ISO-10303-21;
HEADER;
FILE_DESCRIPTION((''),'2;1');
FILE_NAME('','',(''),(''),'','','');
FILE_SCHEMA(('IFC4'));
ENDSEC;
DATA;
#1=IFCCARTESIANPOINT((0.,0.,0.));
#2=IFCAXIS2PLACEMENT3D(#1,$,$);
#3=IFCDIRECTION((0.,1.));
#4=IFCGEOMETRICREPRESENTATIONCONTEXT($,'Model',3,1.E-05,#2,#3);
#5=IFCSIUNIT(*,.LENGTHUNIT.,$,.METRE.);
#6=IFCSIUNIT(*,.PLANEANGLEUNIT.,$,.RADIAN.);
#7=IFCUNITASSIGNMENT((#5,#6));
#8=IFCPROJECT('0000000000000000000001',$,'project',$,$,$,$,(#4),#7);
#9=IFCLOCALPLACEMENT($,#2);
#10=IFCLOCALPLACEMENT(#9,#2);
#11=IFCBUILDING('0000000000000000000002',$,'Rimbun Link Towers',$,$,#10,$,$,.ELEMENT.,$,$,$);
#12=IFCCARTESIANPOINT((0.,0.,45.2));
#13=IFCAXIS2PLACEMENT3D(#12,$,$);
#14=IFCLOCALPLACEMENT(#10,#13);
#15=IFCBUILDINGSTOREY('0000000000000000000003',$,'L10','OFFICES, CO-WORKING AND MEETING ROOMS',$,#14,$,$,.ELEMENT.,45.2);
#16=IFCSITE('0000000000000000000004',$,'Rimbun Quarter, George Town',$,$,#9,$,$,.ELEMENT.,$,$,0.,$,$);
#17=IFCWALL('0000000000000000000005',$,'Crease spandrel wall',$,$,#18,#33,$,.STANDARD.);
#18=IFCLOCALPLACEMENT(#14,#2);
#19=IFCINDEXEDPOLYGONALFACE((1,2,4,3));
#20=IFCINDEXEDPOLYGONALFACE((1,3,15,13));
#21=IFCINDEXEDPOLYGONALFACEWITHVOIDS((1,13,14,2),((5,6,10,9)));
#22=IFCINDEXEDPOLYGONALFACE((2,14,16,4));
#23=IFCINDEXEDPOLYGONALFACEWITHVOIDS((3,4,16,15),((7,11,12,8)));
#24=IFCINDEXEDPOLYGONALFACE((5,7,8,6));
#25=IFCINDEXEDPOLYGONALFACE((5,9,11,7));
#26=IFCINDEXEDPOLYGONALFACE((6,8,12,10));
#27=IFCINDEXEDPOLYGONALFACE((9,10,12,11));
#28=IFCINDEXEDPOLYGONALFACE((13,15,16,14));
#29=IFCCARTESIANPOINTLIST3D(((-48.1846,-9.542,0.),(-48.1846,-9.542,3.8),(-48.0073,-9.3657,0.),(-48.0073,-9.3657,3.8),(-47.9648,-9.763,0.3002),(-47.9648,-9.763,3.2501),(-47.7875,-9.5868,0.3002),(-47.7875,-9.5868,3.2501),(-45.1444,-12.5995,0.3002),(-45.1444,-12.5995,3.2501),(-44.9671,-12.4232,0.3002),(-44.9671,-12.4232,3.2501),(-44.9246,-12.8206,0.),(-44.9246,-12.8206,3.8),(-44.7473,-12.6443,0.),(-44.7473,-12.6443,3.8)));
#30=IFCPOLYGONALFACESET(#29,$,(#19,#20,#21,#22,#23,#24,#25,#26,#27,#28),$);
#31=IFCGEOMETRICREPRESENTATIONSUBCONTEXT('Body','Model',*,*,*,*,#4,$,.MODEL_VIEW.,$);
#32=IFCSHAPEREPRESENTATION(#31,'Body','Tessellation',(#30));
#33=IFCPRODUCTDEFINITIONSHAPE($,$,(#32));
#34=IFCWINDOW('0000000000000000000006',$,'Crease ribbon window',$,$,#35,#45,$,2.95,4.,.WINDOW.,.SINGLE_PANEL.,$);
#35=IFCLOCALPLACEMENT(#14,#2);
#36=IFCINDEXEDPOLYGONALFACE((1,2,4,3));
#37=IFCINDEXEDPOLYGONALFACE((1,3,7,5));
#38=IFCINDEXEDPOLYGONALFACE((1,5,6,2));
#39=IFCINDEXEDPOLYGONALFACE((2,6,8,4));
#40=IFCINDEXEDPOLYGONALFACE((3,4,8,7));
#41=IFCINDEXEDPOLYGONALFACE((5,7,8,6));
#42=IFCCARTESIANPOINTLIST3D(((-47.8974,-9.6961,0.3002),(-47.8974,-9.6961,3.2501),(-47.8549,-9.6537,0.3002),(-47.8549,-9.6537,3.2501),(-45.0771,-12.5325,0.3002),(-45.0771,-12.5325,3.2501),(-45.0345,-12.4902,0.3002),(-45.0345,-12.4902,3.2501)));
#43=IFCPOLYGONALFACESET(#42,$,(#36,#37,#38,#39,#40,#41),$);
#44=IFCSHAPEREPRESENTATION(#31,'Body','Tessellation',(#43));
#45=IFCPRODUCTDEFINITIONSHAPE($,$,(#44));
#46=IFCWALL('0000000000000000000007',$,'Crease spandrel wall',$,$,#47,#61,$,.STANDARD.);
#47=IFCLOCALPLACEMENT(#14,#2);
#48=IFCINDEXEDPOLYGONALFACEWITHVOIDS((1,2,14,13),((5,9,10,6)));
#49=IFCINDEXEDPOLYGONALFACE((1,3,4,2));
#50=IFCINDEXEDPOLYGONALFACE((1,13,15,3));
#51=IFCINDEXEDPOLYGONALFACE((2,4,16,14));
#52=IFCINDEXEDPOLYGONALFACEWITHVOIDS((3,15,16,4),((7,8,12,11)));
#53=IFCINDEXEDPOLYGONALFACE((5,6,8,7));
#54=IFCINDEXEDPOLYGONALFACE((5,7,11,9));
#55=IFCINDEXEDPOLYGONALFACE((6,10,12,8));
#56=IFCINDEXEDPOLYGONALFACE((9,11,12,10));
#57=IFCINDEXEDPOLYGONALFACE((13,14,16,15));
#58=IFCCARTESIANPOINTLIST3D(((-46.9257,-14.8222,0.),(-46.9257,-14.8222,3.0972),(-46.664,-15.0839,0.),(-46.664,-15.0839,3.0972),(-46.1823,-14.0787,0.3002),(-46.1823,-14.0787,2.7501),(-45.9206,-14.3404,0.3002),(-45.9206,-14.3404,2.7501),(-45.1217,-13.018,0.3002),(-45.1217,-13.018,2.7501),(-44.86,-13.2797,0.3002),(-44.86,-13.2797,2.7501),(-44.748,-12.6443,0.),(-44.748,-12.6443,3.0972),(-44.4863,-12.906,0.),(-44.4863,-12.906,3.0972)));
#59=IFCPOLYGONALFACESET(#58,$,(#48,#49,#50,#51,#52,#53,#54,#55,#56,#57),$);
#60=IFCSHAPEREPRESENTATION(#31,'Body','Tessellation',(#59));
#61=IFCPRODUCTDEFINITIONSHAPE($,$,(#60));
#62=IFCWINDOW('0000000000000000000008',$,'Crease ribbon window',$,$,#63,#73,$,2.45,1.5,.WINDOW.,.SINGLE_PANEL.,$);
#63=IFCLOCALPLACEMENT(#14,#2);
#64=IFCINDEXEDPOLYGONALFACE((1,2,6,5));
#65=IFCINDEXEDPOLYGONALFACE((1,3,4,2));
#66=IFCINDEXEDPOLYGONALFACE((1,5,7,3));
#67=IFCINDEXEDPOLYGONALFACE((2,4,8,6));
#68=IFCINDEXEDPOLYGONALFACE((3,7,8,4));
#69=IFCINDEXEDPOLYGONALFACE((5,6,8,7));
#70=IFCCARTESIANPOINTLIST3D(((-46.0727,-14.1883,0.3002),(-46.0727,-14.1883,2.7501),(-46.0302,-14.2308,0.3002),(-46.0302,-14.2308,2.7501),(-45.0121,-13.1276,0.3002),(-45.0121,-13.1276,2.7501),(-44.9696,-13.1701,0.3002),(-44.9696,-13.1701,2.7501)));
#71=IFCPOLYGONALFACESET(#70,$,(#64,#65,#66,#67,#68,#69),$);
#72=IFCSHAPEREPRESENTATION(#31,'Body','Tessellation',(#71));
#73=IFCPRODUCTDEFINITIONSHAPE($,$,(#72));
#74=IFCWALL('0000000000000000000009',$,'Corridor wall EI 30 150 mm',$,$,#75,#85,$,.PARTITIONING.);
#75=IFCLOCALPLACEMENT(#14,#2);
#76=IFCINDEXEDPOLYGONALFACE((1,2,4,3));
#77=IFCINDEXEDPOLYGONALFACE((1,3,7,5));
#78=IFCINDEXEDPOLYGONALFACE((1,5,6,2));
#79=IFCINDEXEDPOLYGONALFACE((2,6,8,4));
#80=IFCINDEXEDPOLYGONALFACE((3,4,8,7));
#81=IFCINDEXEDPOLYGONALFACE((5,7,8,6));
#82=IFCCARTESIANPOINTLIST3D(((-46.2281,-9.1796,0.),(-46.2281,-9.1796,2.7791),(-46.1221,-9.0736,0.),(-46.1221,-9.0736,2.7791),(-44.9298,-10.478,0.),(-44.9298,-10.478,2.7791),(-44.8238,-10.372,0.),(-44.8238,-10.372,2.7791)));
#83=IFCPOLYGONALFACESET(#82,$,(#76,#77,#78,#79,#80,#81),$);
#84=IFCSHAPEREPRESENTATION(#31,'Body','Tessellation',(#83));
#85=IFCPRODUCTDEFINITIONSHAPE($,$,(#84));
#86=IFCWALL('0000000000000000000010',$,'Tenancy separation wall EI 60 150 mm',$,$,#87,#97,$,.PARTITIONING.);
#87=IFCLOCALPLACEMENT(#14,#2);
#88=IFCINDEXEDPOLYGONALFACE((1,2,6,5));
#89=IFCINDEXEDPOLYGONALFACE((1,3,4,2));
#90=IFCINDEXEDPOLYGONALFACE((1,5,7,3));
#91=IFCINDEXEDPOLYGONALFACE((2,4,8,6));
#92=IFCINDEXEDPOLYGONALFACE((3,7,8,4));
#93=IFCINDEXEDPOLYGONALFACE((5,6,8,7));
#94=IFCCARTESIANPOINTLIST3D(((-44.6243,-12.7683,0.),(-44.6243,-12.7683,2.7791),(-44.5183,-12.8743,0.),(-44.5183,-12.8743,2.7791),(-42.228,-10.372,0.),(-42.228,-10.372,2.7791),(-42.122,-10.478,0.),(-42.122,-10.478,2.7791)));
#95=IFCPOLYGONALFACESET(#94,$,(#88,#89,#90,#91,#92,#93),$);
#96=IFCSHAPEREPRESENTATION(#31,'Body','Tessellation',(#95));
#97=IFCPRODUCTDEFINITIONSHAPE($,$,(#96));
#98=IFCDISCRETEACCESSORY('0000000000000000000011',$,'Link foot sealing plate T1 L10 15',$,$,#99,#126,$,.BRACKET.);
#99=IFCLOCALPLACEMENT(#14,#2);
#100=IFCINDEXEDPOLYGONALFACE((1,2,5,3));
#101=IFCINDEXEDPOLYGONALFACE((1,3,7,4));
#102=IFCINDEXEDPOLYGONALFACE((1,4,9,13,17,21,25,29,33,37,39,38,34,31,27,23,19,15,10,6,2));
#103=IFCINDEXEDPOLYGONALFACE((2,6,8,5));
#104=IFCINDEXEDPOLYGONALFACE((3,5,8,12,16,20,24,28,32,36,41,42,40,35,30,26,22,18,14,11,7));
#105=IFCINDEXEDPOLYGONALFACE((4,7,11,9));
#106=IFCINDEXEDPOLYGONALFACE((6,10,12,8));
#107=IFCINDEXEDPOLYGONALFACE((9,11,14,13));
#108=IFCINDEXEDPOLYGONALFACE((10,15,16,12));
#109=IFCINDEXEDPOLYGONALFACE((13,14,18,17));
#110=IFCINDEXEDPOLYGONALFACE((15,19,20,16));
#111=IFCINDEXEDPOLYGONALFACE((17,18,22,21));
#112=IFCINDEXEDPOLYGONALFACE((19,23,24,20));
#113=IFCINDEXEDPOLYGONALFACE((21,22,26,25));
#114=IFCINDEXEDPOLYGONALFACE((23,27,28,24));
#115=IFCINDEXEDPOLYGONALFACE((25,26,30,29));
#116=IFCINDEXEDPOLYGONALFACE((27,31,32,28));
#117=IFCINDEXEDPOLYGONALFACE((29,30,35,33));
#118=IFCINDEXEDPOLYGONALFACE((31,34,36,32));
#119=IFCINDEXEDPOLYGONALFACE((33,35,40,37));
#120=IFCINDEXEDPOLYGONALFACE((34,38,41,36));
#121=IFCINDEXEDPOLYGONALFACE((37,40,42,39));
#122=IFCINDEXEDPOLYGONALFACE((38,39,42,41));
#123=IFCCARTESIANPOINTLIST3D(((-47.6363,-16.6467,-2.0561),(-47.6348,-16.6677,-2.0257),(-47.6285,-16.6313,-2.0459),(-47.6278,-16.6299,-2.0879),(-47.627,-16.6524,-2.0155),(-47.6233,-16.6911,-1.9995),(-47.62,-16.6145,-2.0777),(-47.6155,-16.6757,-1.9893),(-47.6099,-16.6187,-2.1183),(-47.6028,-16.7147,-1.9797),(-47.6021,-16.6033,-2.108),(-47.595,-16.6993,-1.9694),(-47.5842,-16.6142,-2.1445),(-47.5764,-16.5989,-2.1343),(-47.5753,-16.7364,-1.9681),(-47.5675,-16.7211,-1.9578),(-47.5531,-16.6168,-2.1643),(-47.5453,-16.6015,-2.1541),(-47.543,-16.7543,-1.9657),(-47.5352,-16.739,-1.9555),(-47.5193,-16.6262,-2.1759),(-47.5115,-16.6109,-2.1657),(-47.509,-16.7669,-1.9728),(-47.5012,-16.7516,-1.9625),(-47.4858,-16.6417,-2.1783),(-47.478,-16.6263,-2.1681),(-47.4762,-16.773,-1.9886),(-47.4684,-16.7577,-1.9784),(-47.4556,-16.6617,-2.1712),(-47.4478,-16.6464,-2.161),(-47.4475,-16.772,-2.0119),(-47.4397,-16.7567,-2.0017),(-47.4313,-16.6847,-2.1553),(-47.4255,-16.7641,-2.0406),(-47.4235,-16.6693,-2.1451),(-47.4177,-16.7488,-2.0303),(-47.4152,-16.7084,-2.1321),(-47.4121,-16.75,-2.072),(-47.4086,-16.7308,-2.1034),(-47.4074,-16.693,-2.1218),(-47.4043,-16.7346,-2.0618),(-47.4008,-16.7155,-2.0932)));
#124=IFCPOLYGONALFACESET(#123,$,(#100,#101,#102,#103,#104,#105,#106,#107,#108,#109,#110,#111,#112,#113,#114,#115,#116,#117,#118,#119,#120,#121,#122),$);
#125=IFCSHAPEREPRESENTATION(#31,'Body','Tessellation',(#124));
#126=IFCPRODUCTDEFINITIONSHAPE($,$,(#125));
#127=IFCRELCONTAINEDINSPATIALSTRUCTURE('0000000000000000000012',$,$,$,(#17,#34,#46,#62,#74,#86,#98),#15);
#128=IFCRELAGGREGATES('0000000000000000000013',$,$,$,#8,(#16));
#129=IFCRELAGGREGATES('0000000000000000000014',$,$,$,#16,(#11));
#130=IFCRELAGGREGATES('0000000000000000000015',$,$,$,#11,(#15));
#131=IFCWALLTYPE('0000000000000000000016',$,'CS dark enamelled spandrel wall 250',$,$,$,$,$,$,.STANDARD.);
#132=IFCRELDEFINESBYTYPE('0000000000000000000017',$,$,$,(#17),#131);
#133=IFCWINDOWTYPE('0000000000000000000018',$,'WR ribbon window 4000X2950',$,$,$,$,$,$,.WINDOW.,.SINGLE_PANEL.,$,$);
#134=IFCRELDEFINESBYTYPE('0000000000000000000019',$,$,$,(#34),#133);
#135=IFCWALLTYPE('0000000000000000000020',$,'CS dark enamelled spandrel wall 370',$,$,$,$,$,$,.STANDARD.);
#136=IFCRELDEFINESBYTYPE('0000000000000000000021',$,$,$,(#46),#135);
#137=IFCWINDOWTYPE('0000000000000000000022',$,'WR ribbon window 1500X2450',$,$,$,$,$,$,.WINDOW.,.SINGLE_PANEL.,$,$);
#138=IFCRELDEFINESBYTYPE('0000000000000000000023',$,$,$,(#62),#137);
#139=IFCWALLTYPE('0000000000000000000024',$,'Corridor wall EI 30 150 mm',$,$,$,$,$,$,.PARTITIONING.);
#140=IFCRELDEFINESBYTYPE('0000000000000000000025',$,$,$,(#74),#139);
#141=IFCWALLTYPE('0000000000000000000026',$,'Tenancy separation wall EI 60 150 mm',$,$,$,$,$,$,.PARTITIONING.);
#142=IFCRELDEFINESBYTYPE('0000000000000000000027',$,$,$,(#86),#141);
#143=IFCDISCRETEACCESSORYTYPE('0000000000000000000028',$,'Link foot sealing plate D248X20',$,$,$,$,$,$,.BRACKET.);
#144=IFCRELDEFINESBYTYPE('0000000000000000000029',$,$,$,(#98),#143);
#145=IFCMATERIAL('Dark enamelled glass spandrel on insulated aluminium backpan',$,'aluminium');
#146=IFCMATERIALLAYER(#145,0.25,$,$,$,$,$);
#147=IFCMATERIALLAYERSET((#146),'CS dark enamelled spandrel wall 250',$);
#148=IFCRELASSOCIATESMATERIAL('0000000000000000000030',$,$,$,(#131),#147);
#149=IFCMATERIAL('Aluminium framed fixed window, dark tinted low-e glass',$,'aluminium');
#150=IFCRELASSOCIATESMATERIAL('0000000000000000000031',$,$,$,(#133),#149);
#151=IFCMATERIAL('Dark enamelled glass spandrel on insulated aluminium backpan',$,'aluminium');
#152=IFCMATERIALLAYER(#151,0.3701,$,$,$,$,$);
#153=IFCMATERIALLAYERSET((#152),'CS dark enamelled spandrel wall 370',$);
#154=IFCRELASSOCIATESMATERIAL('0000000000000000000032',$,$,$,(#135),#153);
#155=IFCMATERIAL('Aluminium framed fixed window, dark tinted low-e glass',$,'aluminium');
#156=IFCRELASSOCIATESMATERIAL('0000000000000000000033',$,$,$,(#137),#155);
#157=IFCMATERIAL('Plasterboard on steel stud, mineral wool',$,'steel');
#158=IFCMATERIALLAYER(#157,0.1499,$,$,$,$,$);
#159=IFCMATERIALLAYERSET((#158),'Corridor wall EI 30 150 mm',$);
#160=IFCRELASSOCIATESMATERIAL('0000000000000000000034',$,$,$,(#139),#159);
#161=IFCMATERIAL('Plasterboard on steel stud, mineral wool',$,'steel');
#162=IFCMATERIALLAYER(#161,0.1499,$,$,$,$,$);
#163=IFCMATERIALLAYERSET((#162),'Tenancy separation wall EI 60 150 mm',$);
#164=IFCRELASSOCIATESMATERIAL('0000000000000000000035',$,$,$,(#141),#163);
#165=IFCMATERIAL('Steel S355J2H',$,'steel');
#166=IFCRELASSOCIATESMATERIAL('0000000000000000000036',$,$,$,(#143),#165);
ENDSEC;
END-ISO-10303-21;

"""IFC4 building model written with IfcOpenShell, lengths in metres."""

from ifc_helpers import new_model, si_unit, direction, frame, frame_2d, origin, origin_2d, place, context, subcontext, project, spatial, rectangle, circle, extrude, material, layer, layer_set, material_profile, profile_set, type_object, element, fill, save


model = new_model("IFC4")

# Units and contexts
model_context = context("Model", 3, precision=1e-05, world=origin(), true_north=direction((0.0, 1.0)))
body_context = subcontext(model_context, "Body", "Model", "MODEL_VIEW")
ifc_project = project(units=[si_unit("LENGTHUNIT", "METRE"), si_unit("PLANEANGLEUNIT", "RADIAN")], contexts=[model_context])

# Site, building, storey
site_placement = place(None, origin())
site = spatial("IfcSite", under=ifc_project, at=site_placement, Name="Rimbun Quarter, George Town", CompositionType="ELEMENT", RefElevation=0.0)
building_placement = place(site_placement, origin())
building = spatial("IfcBuilding", under=site, at=building_placement, Name="Rimbun Link Towers", CompositionType="ELEMENT")
storey_placement = place(building_placement, frame((0.0, 0.0, 45.2)))
storey = spatial("IfcBuildingStorey", under=building, at=storey_placement, Name="L10", Description="OFFICES, CO-WORKING AND MEETING ROOMS", CompositionType="ELEMENT", Elevation=45.2)

# Walls, openings, windows
ifc_material_1 = material(Name="Dark enamelled glass spandrel on insulated aluminium backpan", Category="aluminium")
ifc_layer_1 = layer(ifc_material_1, 0.25)
ifc_layer_set_1 = layer_set([ifc_layer_1], Name="CS dark enamelled spandrel wall 250")
wall_type_1 = type_object("IfcWallType", Name="CS dark enamelled spandrel wall 250", PredefinedType="STANDARD", material=ifc_layer_set_1)
wall_1_placement = place(storey_placement, frame((-44.8359, -12.7324, 0.0), z_axis=(0.0, 0.0, 1.0), x_axis=(-0.705097, 0.709111, 0.0)))
wall_1 = element("IfcWall", 1, at=wall_1_placement, inside=storey, type_object=wall_type_1, Name="Crease spandrel wall", PredefinedType="STANDARD", context=body_context, shape_type="SweptSolid", body=[
    extrude(rectangle(XDim=4.6235, YDim=0.25, at=frame_2d((2.3118, 0.0))), origin(), (0.0, 0.0, 1.0), 3.8),
])
opening_1_placement = place(wall_1_placement, frame((0.3118, 0.0, 0.3)))
opening_1 = element("IfcOpeningElement", 2, at=opening_1_placement, cuts=wall_1, PredefinedType="OPENING", context=body_context, shape_type="SweptSolid", body=[
    extrude(rectangle(XDim=4.0, YDim=2.95, at=frame_2d((2.0, 1.4751))), frame((0.0, 0.135, 0.0), z_axis=(0.0, -1.0, 0.0), x_axis=(1.0, 0.0, 0.0)), (0.0, 0.0, 1.0), 0.27),
])
ifc_material_2 = material(Name="Aluminium framed fixed window, dark tinted low-e glass", Category="aluminium")
window_type_1 = type_object("IfcWindowType", Name="WR ribbon window 4000X2950", PartitioningType="SINGLE_PANEL", PredefinedType="WINDOW", material=ifc_material_2)
window_1_placement = place(opening_1_placement, origin())
window_1 = element("IfcWindow", 3, at=window_1_placement, inside=storey, type_object=window_type_1, Name="Crease ribbon window", OverallHeight=2.95, OverallWidth=4.0, PartitioningType="SINGLE_PANEL", PredefinedType="WINDOW", context=body_context, shape_type="SweptSolid", body=[
    extrude(rectangle(XDim=4.0, YDim=2.95, at=frame_2d((2.0, 1.4751))), frame((0.0, 0.03, 0.0), z_axis=(0.0, -1.0, 0.0), x_axis=(1.0, 0.0, 0.0)), (0.0, 0.0, 1.0), 0.0601),
])
fill(opening_1, window_1)
ifc_material_3 = material(Name="Dark enamelled glass spandrel on insulated aluminium backpan", Category="aluminium")
ifc_layer_2 = layer(ifc_material_3, 0.3701)
ifc_layer_set_2 = layer_set([ifc_layer_2], Name="CS dark enamelled spandrel wall 370")
wall_type_2 = type_object("IfcWallType", Name="CS dark enamelled spandrel wall 370", PredefinedType="STANDARD", material=ifc_layer_set_2)
wall_2_placement = place(storey_placement, frame((-46.7949, -14.9531, 0.0), z_axis=(0.0, 0.0, 1.0), x_axis=(0.707067, 0.707146, 0.0)))
wall_2 = element("IfcWall", 4, at=wall_2_placement, inside=storey, type_object=wall_type_2, Name="Crease spandrel wall", PredefinedType="STANDARD", context=body_context, shape_type="SweptSolid", body=[
    extrude(rectangle(XDim=3.0798, YDim=0.3701, at=frame_2d((1.54, 0.0))), origin(), (0.0, 0.0, 1.0), 3.0972),
])
opening_2_placement = place(wall_2_placement, frame((1.0515, 0.0, 0.3)))
opening_2 = element("IfcOpeningElement", 5, at=opening_2_placement, cuts=wall_2, PredefinedType="OPENING", context=body_context, shape_type="SweptSolid", body=[
    extrude(rectangle(XDim=1.5, YDim=2.45, at=frame_2d((0.75, 1.2251))), frame((0.0, 0.1951, 0.0), z_axis=(0.0, -1.0, 0.0), x_axis=(1.0, 0.0, 0.0)), (0.0, 0.0, 1.0), 0.3901),
])
ifc_material_4 = material(Name="Aluminium framed fixed window, dark tinted low-e glass", Category="aluminium")
window_type_2 = type_object("IfcWindowType", Name="WR ribbon window 1500X2450", PartitioningType="SINGLE_PANEL", PredefinedType="WINDOW", material=ifc_material_4)
window_2_placement = place(opening_2_placement, origin())
window_2 = element("IfcWindow", 6, at=window_2_placement, inside=storey, type_object=window_type_2, Name="Crease ribbon window", OverallHeight=2.45, OverallWidth=1.5, PartitioningType="SINGLE_PANEL", PredefinedType="WINDOW", context=body_context, shape_type="SweptSolid", body=[
    extrude(rectangle(XDim=1.5, YDim=2.45, at=frame_2d((0.75, 1.2251))), frame((0.0, 0.03, 0.0), z_axis=(0.0, -1.0, 0.0), x_axis=(1.0, 0.0, 0.0)), (0.0, 0.0, 1.0), 0.0601),
])
fill(opening_2, window_2)

# Walls
ifc_material_5 = material(Name="Plasterboard on steel stud, mineral wool", Category="steel")
ifc_layer_3 = layer(ifc_material_5, 0.1499)
ifc_layer_set_3 = layer_set([ifc_layer_3], Name="Corridor wall EI 30 150 mm")
wall_type_3 = type_object("IfcWallType", Name="Corridor wall EI 30 150 mm", PredefinedType="PARTITIONING", material=ifc_layer_set_3)
wall_3_placement = place(storey_placement, frame((-46.175, -9.1267, 0.0), z_axis=(0.0, 0.0, 1.0), x_axis=(0.707107, -0.707107, 0.0)))
element("IfcWall", 7, at=wall_3_placement, inside=storey, type_object=wall_type_3, Name="Corridor wall EI 30 150 mm", PredefinedType="PARTITIONING", context=body_context, shape_type="SweptSolid", body=[
    extrude(rectangle(XDim=1.8362, YDim=0.1499, at=frame_2d((0.918, 0.0))), origin(), (0.0, 0.0, 1.0), 2.7791),
])
ifc_material_6 = material(Name="Plasterboard on steel stud, mineral wool", Category="steel")
ifc_layer_4 = layer(ifc_material_6, 0.1499)
ifc_layer_set_4 = layer_set([ifc_layer_4], Name="Tenancy separation wall EI 60 150 mm")
wall_type_4 = type_object("IfcWallType", Name="Tenancy separation wall EI 60 150 mm", PredefinedType="PARTITIONING", material=ifc_layer_set_4)
wall_4_placement = place(storey_placement, frame((-42.175, -10.425, 0.0), z_axis=(0.0, 0.0, 1.0), x_axis=(-0.707107, -0.707107, 0.0)))
element("IfcWall", 8, at=wall_4_placement, inside=storey, type_object=wall_type_4, Name="Tenancy separation wall EI 60 150 mm", PredefinedType="PARTITIONING", context=body_context, shape_type="SweptSolid", body=[
    extrude(rectangle(XDim=3.3889, YDim=0.1499, at=frame_2d((1.6943, 0.0))), origin(), (0.0, 0.0, 1.0), 2.7791),
])

# Discrete accessory
ifc_material_7 = material(Name="Steel S355J2H", Category="steel")
ifc_material_profile_1 = material_profile(ifc_material_7, circle(Radius=0.124, at=origin_2d()), Name="PL D248")
ifc_profile_set_1 = profile_set([ifc_material_profile_1], Name="Steel S355J2H")
discrete_accessory_type = type_object("IfcDiscreteAccessoryType", Name="Link foot sealing plate D248X20", PredefinedType="BRACKET", material=ifc_profile_set_1)
discrete_accessory_placement = place(storey_placement, frame((-47.5149, -16.6785, -2.0618), z_axis=(-0.38929, -0.766414, -0.510943), x_axis=(0.891579, -0.452865, 0.0)))
element("IfcDiscreteAccessory", 9, at=discrete_accessory_placement, inside=storey, type_object=discrete_accessory_type, Name="Link foot sealing plate T1 L10 15", PredefinedType="BRACKET", context=body_context, shape_type="SweptSolid", body=[
    extrude(circle(Radius=0.124, at=origin_2d()), origin(), (0.0, 0.0, 1.0), 0.02),
])

save(model, "model.ifc")
